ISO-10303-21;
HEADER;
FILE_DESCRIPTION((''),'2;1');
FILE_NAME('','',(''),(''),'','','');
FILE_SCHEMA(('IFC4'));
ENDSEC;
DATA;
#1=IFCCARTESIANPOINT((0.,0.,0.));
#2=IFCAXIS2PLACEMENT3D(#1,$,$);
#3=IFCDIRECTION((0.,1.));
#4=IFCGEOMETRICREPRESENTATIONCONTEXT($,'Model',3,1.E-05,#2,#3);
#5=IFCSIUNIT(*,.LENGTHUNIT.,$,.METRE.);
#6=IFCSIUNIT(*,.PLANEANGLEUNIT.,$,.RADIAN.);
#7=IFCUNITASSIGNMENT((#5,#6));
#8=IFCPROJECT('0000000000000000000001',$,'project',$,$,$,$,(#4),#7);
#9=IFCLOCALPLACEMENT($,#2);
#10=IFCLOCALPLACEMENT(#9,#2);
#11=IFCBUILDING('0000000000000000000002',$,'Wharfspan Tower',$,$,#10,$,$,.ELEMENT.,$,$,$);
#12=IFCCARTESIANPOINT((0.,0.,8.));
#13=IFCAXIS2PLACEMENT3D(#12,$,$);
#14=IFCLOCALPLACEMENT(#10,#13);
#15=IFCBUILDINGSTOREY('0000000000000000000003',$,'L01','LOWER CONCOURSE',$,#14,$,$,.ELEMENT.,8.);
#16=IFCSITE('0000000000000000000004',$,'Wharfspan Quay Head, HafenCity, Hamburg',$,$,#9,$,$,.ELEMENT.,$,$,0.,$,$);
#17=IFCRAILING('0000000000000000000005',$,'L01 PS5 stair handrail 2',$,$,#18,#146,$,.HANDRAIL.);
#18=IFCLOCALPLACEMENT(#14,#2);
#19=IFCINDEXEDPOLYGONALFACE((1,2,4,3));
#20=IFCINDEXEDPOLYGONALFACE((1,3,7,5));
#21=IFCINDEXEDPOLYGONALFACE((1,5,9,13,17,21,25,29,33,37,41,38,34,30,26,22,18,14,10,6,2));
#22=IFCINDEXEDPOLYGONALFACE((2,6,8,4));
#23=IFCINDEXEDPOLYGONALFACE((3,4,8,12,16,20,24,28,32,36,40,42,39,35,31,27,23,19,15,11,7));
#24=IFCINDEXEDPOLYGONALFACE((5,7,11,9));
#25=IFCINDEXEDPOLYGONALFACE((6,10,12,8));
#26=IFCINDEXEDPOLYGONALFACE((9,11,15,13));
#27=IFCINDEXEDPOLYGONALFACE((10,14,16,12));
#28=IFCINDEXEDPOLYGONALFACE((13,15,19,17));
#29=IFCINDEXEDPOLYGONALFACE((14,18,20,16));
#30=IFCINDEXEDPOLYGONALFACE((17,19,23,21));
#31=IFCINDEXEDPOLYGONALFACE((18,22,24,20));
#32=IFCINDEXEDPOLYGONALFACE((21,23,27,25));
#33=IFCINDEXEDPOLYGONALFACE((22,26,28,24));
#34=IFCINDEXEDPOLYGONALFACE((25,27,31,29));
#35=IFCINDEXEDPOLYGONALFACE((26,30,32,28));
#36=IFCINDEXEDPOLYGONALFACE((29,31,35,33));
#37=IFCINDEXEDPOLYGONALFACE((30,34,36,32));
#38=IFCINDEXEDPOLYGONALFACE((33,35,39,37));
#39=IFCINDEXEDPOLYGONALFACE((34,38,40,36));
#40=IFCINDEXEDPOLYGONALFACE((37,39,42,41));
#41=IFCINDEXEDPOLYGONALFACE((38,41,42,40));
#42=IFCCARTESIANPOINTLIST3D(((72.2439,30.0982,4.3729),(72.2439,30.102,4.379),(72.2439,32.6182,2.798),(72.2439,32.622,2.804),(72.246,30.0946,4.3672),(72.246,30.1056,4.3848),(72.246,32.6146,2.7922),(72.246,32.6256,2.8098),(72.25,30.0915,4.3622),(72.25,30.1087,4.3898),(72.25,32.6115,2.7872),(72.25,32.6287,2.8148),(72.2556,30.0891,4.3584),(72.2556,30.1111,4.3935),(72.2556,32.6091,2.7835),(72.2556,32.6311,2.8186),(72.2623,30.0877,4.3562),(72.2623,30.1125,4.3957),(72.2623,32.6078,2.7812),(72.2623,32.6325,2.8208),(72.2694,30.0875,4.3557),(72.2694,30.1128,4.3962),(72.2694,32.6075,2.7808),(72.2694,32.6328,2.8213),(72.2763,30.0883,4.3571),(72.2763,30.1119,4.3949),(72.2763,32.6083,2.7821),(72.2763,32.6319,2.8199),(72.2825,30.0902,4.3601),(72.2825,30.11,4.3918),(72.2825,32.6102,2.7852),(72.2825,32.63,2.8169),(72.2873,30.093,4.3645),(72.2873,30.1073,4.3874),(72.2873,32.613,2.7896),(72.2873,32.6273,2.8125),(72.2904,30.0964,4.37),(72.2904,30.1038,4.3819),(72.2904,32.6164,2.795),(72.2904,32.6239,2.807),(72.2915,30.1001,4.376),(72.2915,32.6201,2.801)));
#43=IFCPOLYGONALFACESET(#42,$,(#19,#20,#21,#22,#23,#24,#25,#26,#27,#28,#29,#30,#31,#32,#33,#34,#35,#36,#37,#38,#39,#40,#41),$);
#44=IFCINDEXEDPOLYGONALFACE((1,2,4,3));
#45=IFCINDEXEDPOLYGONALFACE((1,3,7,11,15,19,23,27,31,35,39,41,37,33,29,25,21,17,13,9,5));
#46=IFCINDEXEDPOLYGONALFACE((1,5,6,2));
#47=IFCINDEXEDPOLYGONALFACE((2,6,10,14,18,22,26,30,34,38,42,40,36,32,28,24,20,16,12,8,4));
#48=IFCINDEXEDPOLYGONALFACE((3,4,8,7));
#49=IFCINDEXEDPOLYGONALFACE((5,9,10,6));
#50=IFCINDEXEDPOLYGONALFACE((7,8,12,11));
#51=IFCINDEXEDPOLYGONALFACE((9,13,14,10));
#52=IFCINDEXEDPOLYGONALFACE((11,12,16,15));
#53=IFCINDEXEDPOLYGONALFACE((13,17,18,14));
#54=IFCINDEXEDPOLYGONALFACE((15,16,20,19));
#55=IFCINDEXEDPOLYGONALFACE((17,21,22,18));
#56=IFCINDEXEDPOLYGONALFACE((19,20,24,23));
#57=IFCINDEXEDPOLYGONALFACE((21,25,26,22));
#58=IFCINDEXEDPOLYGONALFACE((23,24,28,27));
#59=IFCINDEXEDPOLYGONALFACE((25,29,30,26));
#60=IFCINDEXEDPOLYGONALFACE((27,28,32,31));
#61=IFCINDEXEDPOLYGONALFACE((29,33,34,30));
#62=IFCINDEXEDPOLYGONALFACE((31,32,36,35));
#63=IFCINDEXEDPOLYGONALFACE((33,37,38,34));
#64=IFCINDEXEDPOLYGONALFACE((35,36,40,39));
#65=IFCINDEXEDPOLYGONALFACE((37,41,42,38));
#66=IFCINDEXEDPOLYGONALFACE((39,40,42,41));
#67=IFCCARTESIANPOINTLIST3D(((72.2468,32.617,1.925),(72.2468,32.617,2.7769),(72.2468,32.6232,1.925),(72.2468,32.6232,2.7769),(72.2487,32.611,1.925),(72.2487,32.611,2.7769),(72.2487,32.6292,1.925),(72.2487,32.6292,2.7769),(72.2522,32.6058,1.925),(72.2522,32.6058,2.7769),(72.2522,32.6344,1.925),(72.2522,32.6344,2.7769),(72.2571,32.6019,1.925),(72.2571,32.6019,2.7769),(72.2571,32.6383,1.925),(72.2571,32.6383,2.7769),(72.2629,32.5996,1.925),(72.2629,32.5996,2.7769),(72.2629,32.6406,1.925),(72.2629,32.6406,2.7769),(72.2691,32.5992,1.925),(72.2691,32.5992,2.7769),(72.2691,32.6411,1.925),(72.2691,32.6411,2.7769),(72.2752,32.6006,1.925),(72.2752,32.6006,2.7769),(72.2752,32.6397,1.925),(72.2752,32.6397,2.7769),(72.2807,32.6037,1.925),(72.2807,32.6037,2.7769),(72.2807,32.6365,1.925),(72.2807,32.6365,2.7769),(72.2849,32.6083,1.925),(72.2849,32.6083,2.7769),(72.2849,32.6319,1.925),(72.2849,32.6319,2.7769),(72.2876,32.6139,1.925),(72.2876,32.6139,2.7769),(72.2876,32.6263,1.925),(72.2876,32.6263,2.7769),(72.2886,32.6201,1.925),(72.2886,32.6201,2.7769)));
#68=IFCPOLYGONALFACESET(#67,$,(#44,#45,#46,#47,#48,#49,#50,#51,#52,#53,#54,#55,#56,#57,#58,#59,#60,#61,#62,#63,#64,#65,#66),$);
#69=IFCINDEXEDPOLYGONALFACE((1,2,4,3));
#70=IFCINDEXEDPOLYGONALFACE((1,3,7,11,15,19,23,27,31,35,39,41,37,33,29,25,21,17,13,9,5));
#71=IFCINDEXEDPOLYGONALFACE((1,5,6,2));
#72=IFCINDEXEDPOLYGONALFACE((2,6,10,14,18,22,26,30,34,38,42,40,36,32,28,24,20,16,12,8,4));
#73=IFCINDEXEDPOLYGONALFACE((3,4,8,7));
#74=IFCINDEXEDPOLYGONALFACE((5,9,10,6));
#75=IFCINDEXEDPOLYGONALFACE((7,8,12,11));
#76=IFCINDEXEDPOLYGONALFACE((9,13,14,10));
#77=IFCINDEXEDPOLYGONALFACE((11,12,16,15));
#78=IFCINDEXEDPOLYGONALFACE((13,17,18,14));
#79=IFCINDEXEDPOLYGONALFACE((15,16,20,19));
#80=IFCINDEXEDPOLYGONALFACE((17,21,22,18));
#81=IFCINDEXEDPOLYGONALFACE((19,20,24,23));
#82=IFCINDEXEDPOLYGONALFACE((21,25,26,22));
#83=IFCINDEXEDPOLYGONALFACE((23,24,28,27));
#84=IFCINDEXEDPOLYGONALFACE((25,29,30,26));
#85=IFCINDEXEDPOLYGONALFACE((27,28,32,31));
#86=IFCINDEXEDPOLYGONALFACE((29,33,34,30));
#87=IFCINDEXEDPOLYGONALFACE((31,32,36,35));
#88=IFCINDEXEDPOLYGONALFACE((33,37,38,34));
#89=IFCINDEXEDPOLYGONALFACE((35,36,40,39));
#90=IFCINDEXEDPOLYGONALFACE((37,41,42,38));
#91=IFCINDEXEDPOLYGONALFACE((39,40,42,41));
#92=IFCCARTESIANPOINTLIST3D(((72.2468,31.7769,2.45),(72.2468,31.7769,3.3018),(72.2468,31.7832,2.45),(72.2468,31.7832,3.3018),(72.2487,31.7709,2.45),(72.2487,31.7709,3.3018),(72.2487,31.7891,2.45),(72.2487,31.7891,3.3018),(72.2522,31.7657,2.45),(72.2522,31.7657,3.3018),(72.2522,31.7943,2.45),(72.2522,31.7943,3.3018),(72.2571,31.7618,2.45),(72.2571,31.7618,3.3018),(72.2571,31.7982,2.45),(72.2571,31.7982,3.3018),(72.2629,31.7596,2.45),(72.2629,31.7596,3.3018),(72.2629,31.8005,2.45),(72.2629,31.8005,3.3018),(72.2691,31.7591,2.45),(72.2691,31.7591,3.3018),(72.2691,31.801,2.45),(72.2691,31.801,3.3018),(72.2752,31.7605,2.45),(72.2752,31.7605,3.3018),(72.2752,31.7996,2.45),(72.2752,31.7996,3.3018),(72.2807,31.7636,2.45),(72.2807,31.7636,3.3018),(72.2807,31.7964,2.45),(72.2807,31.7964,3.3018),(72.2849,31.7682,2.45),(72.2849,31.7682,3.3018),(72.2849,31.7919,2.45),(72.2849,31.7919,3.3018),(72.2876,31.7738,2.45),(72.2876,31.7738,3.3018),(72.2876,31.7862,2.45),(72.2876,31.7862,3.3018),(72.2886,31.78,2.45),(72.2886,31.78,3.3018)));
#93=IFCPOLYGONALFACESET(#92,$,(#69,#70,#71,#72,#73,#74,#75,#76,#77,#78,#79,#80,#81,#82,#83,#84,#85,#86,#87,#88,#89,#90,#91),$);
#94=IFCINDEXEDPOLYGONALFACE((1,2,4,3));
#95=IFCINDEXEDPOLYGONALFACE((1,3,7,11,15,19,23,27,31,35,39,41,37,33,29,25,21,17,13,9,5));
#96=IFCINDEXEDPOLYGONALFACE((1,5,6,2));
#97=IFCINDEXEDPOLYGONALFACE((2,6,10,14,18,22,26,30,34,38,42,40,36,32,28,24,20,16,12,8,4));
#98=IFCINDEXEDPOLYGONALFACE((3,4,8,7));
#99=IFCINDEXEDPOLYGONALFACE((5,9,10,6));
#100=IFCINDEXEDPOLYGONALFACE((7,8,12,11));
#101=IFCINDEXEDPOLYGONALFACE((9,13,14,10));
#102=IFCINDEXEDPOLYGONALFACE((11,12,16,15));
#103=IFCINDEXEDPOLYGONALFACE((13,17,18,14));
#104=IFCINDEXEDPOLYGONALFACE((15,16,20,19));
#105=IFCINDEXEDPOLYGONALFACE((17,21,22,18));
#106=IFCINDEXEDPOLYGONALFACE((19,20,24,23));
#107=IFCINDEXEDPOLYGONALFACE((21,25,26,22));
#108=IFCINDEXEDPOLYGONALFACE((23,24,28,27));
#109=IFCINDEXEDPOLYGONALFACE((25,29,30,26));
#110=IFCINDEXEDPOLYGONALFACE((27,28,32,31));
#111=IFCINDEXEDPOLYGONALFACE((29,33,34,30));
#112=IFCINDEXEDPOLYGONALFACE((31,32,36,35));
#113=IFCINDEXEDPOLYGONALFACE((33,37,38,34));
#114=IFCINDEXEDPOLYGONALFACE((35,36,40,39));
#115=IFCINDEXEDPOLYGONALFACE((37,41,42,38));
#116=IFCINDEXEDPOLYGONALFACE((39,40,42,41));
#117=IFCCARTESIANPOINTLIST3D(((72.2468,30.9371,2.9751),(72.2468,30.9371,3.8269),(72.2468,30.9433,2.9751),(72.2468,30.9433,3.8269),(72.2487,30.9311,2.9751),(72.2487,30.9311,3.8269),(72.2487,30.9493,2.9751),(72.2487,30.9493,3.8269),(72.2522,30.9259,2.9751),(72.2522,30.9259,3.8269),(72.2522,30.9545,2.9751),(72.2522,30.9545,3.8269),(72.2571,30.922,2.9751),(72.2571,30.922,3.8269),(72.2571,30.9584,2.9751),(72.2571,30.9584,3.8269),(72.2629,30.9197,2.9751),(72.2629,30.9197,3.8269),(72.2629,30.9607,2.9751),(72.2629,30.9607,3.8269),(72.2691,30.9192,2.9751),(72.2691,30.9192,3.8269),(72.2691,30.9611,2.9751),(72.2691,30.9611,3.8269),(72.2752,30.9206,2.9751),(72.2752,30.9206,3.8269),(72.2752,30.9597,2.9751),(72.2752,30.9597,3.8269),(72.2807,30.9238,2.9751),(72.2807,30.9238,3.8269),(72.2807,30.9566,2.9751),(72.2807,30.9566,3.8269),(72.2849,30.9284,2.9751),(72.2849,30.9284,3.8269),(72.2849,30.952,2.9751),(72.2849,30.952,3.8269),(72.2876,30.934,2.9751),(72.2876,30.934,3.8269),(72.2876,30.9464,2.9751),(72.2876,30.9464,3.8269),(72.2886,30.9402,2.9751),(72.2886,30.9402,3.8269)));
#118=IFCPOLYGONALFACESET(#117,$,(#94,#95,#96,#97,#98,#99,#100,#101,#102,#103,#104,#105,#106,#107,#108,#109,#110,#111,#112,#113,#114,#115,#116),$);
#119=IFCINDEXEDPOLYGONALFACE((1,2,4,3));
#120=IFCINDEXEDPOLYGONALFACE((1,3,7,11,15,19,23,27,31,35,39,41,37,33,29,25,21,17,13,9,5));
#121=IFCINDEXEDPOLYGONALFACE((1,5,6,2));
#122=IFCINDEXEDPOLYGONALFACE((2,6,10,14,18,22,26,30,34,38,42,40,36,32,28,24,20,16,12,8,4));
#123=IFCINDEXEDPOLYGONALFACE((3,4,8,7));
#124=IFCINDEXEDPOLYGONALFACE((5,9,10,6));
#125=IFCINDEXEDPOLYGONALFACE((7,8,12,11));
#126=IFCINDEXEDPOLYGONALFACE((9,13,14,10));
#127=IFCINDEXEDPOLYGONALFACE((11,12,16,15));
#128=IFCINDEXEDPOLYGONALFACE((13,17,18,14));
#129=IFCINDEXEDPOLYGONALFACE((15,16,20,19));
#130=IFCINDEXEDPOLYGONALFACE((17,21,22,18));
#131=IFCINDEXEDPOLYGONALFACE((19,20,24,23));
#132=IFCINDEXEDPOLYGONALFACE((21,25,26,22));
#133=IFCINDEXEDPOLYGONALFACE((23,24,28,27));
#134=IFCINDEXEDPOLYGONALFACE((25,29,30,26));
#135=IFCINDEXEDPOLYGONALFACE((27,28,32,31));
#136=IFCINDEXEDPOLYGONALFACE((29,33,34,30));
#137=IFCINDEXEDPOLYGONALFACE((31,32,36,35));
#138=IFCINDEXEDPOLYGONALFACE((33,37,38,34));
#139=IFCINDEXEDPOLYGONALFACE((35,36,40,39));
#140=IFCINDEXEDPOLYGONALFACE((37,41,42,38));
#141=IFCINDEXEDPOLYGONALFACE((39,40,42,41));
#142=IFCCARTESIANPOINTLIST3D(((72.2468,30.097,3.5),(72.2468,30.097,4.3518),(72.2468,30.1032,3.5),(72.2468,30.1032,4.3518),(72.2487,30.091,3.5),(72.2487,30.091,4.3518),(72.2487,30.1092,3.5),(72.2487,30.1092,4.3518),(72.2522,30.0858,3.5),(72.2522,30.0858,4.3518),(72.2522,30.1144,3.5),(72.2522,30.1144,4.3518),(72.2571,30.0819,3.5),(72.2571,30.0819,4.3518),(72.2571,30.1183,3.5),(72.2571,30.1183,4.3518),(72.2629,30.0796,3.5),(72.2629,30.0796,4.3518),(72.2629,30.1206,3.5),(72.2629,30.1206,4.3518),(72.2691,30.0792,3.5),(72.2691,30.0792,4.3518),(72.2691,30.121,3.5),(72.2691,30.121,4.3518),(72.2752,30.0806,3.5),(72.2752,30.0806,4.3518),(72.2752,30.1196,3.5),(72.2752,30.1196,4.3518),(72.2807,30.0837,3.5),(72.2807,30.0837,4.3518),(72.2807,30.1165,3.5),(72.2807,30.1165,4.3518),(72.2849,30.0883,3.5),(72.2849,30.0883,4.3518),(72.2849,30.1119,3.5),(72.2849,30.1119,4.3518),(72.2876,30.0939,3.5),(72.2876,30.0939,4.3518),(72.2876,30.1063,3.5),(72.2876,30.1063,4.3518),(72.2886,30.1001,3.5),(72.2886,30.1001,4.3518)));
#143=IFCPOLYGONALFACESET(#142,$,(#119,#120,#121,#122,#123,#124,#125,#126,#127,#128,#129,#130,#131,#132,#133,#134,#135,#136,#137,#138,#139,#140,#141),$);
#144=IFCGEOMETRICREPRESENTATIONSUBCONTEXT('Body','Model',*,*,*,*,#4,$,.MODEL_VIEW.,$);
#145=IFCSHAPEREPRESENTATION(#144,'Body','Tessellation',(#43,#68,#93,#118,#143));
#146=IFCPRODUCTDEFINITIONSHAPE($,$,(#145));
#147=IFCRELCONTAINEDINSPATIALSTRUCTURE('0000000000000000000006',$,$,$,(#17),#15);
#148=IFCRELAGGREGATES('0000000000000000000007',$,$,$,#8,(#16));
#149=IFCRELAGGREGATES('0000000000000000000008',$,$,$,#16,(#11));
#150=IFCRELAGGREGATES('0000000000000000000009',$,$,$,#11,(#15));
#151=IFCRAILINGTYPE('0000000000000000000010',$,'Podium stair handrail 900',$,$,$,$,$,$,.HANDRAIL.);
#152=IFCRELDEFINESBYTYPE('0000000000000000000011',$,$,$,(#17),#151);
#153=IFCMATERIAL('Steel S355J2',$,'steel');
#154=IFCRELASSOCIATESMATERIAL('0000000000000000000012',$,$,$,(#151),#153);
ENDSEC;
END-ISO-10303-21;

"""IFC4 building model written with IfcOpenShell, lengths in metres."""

from ifc_helpers import new_model, si_unit, direction, frame, origin, origin_2d, place, context, subcontext, project, spatial, circle, extrude, material, type_object, element, save


model = new_model("IFC4")

# Units and contexts
model_context = context("Model", 3, precision=1e-05, world=origin(), true_north=direction((0.0, 1.0)))
body_context = subcontext(model_context, "Body", "Model", "MODEL_VIEW")
ifc_project = project(units=[si_unit("LENGTHUNIT", "METRE"), si_unit("PLANEANGLEUNIT", "RADIAN")], contexts=[model_context])

# Site, building, storey
site_placement = place(None, origin())
site = spatial("IfcSite", under=ifc_project, at=site_placement, Name="Wharfspan Quay Head, HafenCity, Hamburg", CompositionType="ELEMENT", RefElevation=0.0)
building_placement = place(site_placement, origin())
building = spatial("IfcBuilding", under=site, at=building_placement, Name="Wharfspan Tower", CompositionType="ELEMENT")
storey_placement = place(building_placement, frame((0.0, 0.0, 8.0)))
storey = spatial("IfcBuildingStorey", under=building, at=storey_placement, Name="L01", Description="LOWER CONCOURSE", CompositionType="ELEMENT", Elevation=8.0)

# Railing
ifc_material_1 = material(Name="Steel S355J2", Category="steel")
railing_type_1 = type_object("IfcRailingType", Name="Podium stair handrail 900", PredefinedType="HANDRAIL", material=ifc_material_1)
for number, where, name in (
    (1, (72.2676, 32.6201, 1.925), "L01 PS5 stair handrail 2"),
):
    element("IfcRailing", number, at=place(storey_placement, frame(where)), inside=storey, type_object=railing_type_1, Name=name, PredefinedType="HANDRAIL", context=body_context, shape_type="SweptSolid", body=[
        extrude(circle(Radius=0.0239, at=origin_2d()), frame((0.0, 0.0, 0.876), z_axis=(0.0, -0.848008, 0.529984), x_axis=(1.0, 0.0, 0.0)), (0.0, 0.0, 1.0), 2.9717),
        extrude(circle(Radius=0.021, at=origin_2d()), origin(), (0.0, 0.0, 1.0), 0.8518),
        extrude(circle(Radius=0.021, at=origin_2d()), frame((0.0, -0.8401, 0.5249)), (0.0, 0.0, 1.0), 0.8518),
        extrude(circle(Radius=0.021, at=origin_2d()), frame((0.0, -1.6799, 1.05)), (0.0, 0.0, 1.0), 0.8518),
        extrude(circle(Radius=0.021, at=origin_2d()), frame((0.0, -2.52, 1.575)), (0.0, 0.0, 1.0), 0.8518),
    ])

save(model, "model.ifc")
